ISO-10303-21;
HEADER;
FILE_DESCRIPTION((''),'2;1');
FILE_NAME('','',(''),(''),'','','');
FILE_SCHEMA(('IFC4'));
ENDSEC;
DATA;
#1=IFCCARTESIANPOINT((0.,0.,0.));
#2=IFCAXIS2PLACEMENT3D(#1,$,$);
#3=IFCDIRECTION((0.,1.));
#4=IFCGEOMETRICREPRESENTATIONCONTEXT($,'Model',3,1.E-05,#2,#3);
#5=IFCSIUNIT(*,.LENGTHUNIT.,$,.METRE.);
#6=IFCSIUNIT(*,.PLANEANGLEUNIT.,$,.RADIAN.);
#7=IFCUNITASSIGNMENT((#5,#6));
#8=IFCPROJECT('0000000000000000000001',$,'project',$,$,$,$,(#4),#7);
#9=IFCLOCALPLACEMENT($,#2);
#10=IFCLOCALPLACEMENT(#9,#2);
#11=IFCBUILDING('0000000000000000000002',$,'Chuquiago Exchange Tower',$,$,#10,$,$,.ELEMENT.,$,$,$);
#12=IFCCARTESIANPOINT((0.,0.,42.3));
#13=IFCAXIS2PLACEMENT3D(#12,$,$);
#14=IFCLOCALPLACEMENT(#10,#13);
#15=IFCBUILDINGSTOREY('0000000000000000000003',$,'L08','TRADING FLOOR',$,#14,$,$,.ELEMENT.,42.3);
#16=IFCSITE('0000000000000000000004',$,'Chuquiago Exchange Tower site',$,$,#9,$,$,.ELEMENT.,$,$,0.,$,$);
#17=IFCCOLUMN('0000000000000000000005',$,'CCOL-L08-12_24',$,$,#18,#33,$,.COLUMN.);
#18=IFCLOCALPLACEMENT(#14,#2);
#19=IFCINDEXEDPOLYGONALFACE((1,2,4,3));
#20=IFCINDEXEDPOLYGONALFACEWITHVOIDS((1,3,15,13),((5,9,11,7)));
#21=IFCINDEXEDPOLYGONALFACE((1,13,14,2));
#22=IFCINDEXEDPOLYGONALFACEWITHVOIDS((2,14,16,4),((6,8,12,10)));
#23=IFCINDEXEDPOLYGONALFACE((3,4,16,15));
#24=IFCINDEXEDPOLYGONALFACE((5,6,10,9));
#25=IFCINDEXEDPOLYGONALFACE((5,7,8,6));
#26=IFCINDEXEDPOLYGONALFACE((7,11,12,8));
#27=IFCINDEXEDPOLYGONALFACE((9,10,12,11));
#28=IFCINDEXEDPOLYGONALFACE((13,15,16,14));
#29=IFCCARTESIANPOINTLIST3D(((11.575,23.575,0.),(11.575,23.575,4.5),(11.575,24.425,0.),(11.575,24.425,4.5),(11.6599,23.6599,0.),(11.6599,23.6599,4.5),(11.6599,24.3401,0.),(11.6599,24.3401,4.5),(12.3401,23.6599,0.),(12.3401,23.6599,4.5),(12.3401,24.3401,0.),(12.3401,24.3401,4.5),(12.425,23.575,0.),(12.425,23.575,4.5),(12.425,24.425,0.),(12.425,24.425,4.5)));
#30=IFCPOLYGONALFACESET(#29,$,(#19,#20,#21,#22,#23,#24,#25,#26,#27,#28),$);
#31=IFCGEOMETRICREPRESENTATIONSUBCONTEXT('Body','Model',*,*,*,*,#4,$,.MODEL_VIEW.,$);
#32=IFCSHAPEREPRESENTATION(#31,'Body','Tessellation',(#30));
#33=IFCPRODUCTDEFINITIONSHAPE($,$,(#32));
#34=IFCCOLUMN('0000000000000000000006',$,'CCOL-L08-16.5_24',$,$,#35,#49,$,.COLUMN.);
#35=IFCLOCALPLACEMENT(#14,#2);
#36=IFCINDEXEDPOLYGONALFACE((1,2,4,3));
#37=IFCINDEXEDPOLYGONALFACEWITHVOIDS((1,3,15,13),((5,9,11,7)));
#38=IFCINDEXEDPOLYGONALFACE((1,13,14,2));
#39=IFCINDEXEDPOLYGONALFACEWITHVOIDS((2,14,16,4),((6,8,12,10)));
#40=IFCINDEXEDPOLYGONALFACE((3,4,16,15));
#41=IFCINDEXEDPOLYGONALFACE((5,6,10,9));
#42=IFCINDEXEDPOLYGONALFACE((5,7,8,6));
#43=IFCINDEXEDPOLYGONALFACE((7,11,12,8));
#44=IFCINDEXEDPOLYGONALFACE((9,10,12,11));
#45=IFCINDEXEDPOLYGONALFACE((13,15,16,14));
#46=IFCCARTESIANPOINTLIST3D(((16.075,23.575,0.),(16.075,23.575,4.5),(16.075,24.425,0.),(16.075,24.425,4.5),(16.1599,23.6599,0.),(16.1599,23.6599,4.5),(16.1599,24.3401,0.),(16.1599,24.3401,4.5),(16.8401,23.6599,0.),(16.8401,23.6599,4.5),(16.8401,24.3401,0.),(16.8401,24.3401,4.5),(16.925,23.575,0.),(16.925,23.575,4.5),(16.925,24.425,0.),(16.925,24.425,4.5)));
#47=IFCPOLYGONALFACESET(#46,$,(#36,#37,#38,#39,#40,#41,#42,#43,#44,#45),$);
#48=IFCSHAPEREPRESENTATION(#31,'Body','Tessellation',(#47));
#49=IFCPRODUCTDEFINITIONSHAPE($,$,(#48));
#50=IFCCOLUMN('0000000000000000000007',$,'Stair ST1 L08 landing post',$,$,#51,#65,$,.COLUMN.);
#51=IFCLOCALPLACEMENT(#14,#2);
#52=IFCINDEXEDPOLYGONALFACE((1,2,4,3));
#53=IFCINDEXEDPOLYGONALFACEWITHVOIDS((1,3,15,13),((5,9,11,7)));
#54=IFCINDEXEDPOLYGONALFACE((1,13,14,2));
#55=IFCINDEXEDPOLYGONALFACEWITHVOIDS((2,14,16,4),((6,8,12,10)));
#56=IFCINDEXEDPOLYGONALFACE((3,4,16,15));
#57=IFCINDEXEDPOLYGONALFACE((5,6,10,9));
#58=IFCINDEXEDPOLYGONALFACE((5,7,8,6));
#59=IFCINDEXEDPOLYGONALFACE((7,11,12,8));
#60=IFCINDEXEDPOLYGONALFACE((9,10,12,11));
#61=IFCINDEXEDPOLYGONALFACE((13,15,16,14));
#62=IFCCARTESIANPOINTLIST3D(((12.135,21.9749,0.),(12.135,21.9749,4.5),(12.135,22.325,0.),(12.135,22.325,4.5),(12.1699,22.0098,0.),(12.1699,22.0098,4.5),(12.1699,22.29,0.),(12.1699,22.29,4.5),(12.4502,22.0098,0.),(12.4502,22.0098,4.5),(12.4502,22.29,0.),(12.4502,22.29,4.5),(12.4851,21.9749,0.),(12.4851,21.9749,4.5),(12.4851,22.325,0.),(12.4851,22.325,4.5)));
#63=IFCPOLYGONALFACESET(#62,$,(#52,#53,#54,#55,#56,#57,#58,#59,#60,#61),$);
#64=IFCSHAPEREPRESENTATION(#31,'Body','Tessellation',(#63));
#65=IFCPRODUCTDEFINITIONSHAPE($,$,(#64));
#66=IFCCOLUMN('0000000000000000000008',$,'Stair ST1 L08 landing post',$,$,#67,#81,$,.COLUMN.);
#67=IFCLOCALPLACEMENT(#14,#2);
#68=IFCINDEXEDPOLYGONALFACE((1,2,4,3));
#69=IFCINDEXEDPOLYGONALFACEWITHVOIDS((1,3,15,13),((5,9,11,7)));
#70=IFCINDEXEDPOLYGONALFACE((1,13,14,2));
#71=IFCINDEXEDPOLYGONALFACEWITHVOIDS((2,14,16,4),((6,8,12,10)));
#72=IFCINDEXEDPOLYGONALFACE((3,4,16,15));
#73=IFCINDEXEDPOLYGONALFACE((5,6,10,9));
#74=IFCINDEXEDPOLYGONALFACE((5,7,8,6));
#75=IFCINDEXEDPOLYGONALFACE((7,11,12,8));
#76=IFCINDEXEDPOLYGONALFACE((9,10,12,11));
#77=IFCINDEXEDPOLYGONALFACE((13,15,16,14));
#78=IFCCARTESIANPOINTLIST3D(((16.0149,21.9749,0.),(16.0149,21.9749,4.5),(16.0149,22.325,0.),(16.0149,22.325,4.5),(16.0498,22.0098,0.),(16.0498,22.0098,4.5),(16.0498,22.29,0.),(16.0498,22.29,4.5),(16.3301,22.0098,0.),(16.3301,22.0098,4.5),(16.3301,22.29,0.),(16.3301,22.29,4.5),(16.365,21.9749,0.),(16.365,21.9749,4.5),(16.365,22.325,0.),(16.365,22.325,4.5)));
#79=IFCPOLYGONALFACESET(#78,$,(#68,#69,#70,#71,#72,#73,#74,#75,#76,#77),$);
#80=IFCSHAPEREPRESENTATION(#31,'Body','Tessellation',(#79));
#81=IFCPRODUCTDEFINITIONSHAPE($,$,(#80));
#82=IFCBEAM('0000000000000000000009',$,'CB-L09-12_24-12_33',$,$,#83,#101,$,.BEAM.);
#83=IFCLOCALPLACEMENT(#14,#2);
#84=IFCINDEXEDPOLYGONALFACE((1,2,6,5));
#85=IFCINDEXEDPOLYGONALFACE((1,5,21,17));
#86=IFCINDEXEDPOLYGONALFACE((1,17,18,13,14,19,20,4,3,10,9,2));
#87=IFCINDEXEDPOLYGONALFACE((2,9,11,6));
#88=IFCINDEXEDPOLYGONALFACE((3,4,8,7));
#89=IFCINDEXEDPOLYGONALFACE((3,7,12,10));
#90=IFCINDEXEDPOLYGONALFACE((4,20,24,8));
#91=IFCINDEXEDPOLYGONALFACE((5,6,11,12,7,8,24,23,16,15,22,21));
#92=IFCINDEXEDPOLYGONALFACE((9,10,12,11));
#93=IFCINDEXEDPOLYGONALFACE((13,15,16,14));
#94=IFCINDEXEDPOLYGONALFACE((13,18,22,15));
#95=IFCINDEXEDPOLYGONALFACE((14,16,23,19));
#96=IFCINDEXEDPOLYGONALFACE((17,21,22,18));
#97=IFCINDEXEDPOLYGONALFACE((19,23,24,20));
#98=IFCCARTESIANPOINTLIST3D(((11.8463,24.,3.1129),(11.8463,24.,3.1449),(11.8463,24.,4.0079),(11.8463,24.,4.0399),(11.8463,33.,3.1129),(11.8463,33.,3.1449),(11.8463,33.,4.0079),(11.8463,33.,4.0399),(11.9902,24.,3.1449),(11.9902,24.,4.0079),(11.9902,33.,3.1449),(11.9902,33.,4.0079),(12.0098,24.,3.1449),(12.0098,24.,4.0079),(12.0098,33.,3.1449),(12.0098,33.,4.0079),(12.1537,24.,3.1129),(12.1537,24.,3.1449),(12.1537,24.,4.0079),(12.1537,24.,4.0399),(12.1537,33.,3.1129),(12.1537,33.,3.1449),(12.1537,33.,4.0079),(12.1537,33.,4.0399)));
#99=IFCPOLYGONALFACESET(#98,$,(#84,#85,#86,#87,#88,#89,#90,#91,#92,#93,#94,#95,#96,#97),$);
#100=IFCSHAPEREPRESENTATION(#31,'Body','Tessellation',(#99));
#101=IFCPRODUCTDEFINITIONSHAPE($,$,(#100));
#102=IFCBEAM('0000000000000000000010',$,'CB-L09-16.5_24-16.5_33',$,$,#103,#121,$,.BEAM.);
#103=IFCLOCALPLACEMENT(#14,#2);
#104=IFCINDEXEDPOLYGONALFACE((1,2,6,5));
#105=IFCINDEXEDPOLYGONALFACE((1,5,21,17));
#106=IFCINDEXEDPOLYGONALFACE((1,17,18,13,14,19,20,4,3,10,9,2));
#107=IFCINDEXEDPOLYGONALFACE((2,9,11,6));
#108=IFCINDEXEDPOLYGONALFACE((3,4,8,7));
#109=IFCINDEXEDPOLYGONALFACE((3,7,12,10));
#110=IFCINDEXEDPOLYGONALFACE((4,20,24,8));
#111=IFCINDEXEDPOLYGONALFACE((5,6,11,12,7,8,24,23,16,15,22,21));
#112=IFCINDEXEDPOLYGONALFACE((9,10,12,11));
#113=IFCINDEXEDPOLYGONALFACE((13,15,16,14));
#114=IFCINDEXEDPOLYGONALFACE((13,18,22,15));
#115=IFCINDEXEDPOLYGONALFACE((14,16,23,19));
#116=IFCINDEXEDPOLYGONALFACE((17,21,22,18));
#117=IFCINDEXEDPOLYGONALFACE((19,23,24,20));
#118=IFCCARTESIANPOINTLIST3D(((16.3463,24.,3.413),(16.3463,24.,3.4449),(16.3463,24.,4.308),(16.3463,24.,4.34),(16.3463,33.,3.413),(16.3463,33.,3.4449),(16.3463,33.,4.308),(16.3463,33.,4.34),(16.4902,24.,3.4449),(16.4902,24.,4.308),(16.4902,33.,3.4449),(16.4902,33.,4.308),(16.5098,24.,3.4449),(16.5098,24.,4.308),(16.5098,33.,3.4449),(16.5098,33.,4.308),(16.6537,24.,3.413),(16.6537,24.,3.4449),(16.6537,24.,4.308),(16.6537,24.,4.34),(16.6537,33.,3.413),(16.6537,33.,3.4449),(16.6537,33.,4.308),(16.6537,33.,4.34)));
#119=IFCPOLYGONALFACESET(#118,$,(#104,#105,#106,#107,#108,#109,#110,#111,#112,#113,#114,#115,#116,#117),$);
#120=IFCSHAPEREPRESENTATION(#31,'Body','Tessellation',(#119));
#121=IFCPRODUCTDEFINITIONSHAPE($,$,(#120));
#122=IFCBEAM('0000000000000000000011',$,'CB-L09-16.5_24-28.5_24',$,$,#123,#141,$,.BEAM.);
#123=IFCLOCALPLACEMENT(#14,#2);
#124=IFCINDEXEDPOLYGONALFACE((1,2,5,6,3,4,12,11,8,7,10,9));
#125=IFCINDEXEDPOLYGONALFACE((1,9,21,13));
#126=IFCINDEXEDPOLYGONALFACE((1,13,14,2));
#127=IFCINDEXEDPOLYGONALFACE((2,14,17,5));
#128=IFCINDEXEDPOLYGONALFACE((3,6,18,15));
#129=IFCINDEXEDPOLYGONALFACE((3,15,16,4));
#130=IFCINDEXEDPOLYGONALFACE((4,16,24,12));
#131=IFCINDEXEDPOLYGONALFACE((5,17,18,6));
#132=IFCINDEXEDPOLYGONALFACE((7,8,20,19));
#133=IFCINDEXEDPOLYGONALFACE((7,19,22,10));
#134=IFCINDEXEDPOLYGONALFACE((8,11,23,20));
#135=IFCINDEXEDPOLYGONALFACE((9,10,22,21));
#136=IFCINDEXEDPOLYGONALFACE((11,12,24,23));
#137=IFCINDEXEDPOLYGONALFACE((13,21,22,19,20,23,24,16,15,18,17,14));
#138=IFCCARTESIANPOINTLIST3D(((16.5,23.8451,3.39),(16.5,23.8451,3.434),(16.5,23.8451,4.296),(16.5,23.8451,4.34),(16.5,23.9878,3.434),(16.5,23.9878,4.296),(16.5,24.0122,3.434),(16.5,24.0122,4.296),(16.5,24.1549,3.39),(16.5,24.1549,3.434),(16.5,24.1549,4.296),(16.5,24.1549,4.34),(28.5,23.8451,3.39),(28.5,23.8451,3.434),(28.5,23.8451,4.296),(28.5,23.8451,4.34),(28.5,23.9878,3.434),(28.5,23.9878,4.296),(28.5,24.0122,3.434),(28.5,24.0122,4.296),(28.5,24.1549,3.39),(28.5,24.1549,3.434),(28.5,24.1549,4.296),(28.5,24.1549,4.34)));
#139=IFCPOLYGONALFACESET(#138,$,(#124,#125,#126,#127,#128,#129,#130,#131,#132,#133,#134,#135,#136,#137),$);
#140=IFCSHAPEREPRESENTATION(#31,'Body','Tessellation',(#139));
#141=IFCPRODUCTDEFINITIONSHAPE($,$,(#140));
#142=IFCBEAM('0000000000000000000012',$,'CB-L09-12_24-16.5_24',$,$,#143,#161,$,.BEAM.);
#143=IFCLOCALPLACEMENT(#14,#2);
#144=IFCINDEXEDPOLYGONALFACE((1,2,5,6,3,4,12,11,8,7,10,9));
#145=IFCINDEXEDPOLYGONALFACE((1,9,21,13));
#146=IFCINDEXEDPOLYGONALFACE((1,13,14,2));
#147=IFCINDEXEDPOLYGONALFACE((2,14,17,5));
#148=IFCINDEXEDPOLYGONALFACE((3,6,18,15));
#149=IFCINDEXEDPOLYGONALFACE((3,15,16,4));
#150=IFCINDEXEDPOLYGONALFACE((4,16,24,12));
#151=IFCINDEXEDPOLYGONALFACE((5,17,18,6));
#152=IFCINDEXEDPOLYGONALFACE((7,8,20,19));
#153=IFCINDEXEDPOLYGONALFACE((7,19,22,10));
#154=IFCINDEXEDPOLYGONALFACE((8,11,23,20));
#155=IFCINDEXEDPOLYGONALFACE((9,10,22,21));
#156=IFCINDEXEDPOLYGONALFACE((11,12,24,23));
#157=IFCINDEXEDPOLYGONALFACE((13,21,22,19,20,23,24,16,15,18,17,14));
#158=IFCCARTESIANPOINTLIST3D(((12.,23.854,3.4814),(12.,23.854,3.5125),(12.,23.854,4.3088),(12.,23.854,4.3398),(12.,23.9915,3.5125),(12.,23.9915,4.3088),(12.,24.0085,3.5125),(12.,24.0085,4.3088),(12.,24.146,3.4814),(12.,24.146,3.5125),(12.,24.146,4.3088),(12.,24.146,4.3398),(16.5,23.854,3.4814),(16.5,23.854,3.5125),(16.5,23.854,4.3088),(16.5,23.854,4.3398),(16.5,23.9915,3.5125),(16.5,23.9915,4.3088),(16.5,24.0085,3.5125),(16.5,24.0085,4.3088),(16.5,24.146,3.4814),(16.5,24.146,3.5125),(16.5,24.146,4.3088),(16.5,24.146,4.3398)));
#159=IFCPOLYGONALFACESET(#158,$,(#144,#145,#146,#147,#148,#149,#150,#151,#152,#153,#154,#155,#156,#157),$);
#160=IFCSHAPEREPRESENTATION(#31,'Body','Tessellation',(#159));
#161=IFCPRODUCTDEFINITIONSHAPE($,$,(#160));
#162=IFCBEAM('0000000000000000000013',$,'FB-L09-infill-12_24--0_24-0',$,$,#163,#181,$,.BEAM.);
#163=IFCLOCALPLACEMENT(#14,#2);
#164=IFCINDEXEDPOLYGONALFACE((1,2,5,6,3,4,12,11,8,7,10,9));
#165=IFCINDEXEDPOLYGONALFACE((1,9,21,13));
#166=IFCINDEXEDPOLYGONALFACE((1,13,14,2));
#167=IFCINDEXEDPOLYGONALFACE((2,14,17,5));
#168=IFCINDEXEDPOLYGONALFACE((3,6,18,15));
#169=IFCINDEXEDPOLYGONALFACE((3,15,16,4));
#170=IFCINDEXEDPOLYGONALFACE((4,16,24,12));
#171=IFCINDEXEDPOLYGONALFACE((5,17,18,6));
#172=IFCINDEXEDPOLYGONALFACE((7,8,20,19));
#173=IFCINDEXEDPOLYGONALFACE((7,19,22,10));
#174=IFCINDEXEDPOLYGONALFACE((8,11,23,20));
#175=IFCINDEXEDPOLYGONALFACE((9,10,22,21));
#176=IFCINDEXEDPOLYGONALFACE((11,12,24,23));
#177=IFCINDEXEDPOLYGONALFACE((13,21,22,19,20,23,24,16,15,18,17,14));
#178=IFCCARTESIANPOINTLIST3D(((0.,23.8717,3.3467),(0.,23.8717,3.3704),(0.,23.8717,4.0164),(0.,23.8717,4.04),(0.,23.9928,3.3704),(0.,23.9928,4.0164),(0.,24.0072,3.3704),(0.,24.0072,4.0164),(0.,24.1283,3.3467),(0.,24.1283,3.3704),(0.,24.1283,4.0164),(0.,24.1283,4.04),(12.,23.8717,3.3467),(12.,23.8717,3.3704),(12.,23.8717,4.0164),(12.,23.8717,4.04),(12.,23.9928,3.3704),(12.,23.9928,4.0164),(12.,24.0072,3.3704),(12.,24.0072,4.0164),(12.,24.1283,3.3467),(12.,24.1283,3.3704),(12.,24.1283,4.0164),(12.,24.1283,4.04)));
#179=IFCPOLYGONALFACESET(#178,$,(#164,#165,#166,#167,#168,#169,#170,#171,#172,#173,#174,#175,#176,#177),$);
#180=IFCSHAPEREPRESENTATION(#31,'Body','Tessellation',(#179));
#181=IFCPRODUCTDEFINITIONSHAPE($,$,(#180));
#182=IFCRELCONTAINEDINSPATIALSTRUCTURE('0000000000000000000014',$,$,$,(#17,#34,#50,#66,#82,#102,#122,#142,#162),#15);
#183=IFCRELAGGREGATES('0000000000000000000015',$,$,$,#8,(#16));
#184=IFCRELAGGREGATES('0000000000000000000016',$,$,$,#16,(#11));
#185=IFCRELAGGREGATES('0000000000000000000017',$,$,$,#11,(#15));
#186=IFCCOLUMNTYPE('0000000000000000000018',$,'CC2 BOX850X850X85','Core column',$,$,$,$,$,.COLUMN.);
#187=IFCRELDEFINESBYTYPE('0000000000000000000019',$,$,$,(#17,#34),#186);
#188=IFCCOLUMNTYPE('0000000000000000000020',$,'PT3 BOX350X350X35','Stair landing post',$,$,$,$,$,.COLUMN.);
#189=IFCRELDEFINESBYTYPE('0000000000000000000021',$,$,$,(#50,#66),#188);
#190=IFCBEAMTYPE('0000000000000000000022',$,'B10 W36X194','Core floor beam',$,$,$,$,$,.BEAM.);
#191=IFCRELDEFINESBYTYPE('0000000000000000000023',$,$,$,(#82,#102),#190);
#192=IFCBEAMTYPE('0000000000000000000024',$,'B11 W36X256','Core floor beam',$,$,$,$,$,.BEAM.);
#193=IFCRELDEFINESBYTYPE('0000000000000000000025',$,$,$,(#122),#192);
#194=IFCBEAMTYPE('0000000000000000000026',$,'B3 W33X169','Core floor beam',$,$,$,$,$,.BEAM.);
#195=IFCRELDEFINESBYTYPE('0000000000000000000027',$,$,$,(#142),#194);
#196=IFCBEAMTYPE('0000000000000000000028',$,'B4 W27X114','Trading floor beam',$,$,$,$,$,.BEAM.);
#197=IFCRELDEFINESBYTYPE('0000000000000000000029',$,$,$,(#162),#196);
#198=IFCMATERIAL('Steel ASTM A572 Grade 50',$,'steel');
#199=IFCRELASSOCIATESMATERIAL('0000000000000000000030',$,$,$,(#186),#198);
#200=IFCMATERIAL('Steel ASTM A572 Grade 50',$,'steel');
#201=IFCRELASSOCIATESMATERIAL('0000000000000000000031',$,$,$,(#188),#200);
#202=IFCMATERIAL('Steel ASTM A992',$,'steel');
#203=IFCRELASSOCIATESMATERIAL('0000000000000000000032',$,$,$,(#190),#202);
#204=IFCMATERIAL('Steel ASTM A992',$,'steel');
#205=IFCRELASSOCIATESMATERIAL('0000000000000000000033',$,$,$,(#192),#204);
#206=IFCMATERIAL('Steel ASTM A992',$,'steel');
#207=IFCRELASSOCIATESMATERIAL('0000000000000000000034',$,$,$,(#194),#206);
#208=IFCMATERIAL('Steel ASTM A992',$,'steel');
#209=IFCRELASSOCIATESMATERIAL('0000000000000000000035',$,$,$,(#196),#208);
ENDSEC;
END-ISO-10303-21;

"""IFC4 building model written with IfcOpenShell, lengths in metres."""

from ifc_helpers import new_model, si_unit, direction, frame, origin, origin_2d, place, context, subcontext, project, spatial, hollow_rectangle, i_section, extrude, material, material_profile, profile_set, type_object, element, save


model = new_model("IFC4")

# Units and contexts
model_context = context("Model", 3, precision=1e-05, world=origin(), true_north=direction((0.0, 1.0)))
body_context = subcontext(model_context, "Body", "Model", "MODEL_VIEW")
ifc_project = project(units=[si_unit("LENGTHUNIT", "METRE"), si_unit("PLANEANGLEUNIT", "RADIAN")], contexts=[model_context])

# Site, building, storey
site_placement = place(None, origin())
site = spatial("IfcSite", under=ifc_project, at=site_placement, Name="Chuquiago Exchange Tower site", CompositionType="ELEMENT", RefElevation=0.0)
building_placement = place(site_placement, origin())
building = spatial("IfcBuilding", under=site, at=building_placement, Name="Chuquiago Exchange Tower", CompositionType="ELEMENT")
storey_placement = place(building_placement, frame((0.0, 0.0, 42.3)))
storey = spatial("IfcBuildingStorey", under=building, at=storey_placement, Name="L08", Description="TRADING FLOOR", CompositionType="ELEMENT", Elevation=42.3)

# Columns
ifc_material_1 = material(Name="Steel ASTM A572 Grade 50", Category="steel")
ifc_material_profile_1 = material_profile(ifc_material_1, hollow_rectangle(XDim=0.8501, YDim=0.8501, WallThickness=0.085, at=origin_2d()), Name="BOX850X850X85")
ifc_profile_set_1 = profile_set([ifc_material_profile_1], Name="Steel ASTM A572 Grade 50")
column_type_1 = type_object("IfcColumnType", Name="CC2 BOX850X850X85", Description="Core column", PredefinedType="COLUMN", material=ifc_profile_set_1)
for number, where, z_axis, x_axis, name in (
    (1, (12.0, 24.0, 0.0), (0.0, 0.0, 1.0), (1.0, 0.0, 0.0), "CCOL-L08-12_24"),
    (2, (16.5, 24.0, 0.0), (0.0, 0.0, 1.0), (1.0, 0.0, 0.0), "CCOL-L08-16.5_24"),
):
    element("IfcColumn", number, at=place(storey_placement, frame(where, z_axis=z_axis, x_axis=x_axis)), inside=storey, type_object=column_type_1, Name=name, PredefinedType="COLUMN", context=body_context, shape_type="SweptSolid", body=[
        extrude(hollow_rectangle(XDim=0.8501, YDim=0.8501, WallThickness=0.085, at=origin_2d()), origin(), (0.0, 0.0, 1.0), 4.5),
    ])
ifc_material_2 = material(Name="Steel ASTM A572 Grade 50", Category="steel")
ifc_material_profile_2 = material_profile(ifc_material_2, hollow_rectangle(XDim=0.3501, YDim=0.3501, WallThickness=0.0349, at=origin_2d()), Name="BOX350X350X35")
ifc_profile_set_2 = profile_set([ifc_material_profile_2], Name="Steel ASTM A572 Grade 50")
column_type_2 = type_object("IfcColumnType", Name="PT3 BOX350X350X35", Description="Stair landing post", PredefinedType="COLUMN", material=ifc_profile_set_2)
for number, where, z_axis, x_axis, name in (
    (3, (12.3101, 22.1499, 0.0), (0.0, 0.0, 1.0), (1.0, 0.0, 0.0), "Stair ST1 L08 landing post"),
    (4, (16.1899, 22.1499, 0.0), (0.0, 0.0, 1.0), (1.0, 0.0, 0.0), "Stair ST1 L08 landing post"),
):
    element("IfcColumn", number, at=place(storey_placement, frame(where, z_axis=z_axis, x_axis=x_axis)), inside=storey, type_object=column_type_2, Name=name, PredefinedType="COLUMN", context=body_context, shape_type="SweptSolid", body=[
        extrude(hollow_rectangle(XDim=0.3501, YDim=0.3501, WallThickness=0.0349, at=origin_2d()), origin(), (0.0, 0.0, 1.0), 4.5),
    ])

# Beams
ifc_material_3 = material(Name="Steel ASTM A992", Category="steel")
ifc_material_profile_3 = material_profile(ifc_material_3, i_section(OverallWidth=0.3074, OverallDepth=0.927, WebThickness=0.0195, FlangeThickness=0.032, at=origin_2d()), Name="W36X194")
ifc_profile_set_3 = profile_set([ifc_material_profile_3], Name="Steel ASTM A992")
beam_type_1 = type_object("IfcBeamType", Name="B10 W36X194", Description="Core floor beam", PredefinedType="BEAM", material=ifc_profile_set_3)
for number, where, z_axis, x_axis, name in (
    (5, (12.0, 24.0, 3.5764), (0.0, 1.0, 0.0), (-1.0, 0.0, 0.0), "CB-L09-12_24-12_33"),
    (6, (16.5, 24.0, 3.8765), (0.0, 1.0, 0.0), (-1.0, 0.0, 0.0), "CB-L09-16.5_24-16.5_33"),
):
    element("IfcBeam", number, at=place(storey_placement, frame(where, z_axis=z_axis, x_axis=x_axis)), inside=storey, type_object=beam_type_1, Name=name, PredefinedType="BEAM", context=body_context, shape_type="SweptSolid", body=[
        extrude(i_section(OverallWidth=0.3074, OverallDepth=0.927, WebThickness=0.0195, FlangeThickness=0.032, at=origin_2d()), origin(), (0.0, 0.0, 1.0), 9.0),
    ])
ifc_material_4 = material(Name="Steel ASTM A992", Category="steel")
ifc_material_profile_4 = material_profile(ifc_material_4, i_section(OverallWidth=0.3098, OverallDepth=0.95, WebThickness=0.0244, FlangeThickness=0.0439, at=origin_2d()), Name="W36X256")
ifc_profile_set_4 = profile_set([ifc_material_profile_4], Name="Steel ASTM A992")
beam_type_2 = type_object("IfcBeamType", Name="B11 W36X256", Description="Core floor beam", PredefinedType="BEAM", material=ifc_profile_set_4)
beam_1_placement = place(storey_placement, frame((16.5, 24.0, 3.865), z_axis=(1.0, 0.0, 0.0), x_axis=(0.0, 1.0, 0.0)))
element("IfcBeam", 7, at=beam_1_placement, inside=storey, type_object=beam_type_2, Name="CB-L09-16.5_24-28.5_24", PredefinedType="BEAM", context=body_context, shape_type="SweptSolid", body=[
    extrude(i_section(OverallWidth=0.3098, OverallDepth=0.95, WebThickness=0.0244, FlangeThickness=0.0439, at=origin_2d()), origin(), (0.0, 0.0, 1.0), 12.0),
])
ifc_material_5 = material(Name="Steel ASTM A992", Category="steel")
ifc_material_profile_5 = material_profile(ifc_material_5, i_section(OverallWidth=0.292, OverallDepth=0.8584, WebThickness=0.0171, FlangeThickness=0.031, at=origin_2d()), Name="W33X169")
ifc_profile_set_5 = profile_set([ifc_material_profile_5], Name="Steel ASTM A992")
beam_type_3 = type_object("IfcBeamType", Name="B3 W33X169", Description="Core floor beam", PredefinedType="BEAM", material=ifc_profile_set_5)
beam_2_placement = place(storey_placement, frame((12.0, 24.0, 3.9106), z_axis=(1.0, 0.0, 0.0), x_axis=(0.0, 1.0, 0.0)))
element("IfcBeam", 8, at=beam_2_placement, inside=storey, type_object=beam_type_3, Name="CB-L09-12_24-16.5_24", PredefinedType="BEAM", context=body_context, shape_type="SweptSolid", body=[
    extrude(i_section(OverallWidth=0.292, OverallDepth=0.8584, WebThickness=0.0171, FlangeThickness=0.031, at=origin_2d()), origin(), (0.0, 0.0, 1.0), 4.5),
])
ifc_material_6 = material(Name="Steel ASTM A992", Category="steel")
ifc_material_profile_6 = material_profile(ifc_material_6, i_section(OverallWidth=0.2566, OverallDepth=0.6934, WebThickness=0.0144, FlangeThickness=0.0237, at=origin_2d()), Name="W27X114")
ifc_profile_set_6 = profile_set([ifc_material_profile_6], Name="Steel ASTM A992")
beam_type_4 = type_object("IfcBeamType", Name="B4 W27X114", Description="Trading floor beam", PredefinedType="BEAM", material=ifc_profile_set_6)
for number, where, z_axis, x_axis, name in (
    (9, (12.0, 24.0, 3.6934), (-1.0, 0.0, 0.0), (0.0, -1.0, 0.0), "FB-L09-infill-12_24--0_24-0"),
):
    element("IfcBeam", number, at=place(storey_placement, frame(where, z_axis=z_axis, x_axis=x_axis)), inside=storey, type_object=beam_type_4, Name=name, PredefinedType="BEAM", context=body_context, shape_type="SweptSolid", body=[
        extrude(i_section(OverallWidth=0.2566, OverallDepth=0.6934, WebThickness=0.0144, FlangeThickness=0.0237, at=origin_2d()), origin(), (0.0, 0.0, 1.0), 12.0),
    ])

save(model, "model.ifc")
